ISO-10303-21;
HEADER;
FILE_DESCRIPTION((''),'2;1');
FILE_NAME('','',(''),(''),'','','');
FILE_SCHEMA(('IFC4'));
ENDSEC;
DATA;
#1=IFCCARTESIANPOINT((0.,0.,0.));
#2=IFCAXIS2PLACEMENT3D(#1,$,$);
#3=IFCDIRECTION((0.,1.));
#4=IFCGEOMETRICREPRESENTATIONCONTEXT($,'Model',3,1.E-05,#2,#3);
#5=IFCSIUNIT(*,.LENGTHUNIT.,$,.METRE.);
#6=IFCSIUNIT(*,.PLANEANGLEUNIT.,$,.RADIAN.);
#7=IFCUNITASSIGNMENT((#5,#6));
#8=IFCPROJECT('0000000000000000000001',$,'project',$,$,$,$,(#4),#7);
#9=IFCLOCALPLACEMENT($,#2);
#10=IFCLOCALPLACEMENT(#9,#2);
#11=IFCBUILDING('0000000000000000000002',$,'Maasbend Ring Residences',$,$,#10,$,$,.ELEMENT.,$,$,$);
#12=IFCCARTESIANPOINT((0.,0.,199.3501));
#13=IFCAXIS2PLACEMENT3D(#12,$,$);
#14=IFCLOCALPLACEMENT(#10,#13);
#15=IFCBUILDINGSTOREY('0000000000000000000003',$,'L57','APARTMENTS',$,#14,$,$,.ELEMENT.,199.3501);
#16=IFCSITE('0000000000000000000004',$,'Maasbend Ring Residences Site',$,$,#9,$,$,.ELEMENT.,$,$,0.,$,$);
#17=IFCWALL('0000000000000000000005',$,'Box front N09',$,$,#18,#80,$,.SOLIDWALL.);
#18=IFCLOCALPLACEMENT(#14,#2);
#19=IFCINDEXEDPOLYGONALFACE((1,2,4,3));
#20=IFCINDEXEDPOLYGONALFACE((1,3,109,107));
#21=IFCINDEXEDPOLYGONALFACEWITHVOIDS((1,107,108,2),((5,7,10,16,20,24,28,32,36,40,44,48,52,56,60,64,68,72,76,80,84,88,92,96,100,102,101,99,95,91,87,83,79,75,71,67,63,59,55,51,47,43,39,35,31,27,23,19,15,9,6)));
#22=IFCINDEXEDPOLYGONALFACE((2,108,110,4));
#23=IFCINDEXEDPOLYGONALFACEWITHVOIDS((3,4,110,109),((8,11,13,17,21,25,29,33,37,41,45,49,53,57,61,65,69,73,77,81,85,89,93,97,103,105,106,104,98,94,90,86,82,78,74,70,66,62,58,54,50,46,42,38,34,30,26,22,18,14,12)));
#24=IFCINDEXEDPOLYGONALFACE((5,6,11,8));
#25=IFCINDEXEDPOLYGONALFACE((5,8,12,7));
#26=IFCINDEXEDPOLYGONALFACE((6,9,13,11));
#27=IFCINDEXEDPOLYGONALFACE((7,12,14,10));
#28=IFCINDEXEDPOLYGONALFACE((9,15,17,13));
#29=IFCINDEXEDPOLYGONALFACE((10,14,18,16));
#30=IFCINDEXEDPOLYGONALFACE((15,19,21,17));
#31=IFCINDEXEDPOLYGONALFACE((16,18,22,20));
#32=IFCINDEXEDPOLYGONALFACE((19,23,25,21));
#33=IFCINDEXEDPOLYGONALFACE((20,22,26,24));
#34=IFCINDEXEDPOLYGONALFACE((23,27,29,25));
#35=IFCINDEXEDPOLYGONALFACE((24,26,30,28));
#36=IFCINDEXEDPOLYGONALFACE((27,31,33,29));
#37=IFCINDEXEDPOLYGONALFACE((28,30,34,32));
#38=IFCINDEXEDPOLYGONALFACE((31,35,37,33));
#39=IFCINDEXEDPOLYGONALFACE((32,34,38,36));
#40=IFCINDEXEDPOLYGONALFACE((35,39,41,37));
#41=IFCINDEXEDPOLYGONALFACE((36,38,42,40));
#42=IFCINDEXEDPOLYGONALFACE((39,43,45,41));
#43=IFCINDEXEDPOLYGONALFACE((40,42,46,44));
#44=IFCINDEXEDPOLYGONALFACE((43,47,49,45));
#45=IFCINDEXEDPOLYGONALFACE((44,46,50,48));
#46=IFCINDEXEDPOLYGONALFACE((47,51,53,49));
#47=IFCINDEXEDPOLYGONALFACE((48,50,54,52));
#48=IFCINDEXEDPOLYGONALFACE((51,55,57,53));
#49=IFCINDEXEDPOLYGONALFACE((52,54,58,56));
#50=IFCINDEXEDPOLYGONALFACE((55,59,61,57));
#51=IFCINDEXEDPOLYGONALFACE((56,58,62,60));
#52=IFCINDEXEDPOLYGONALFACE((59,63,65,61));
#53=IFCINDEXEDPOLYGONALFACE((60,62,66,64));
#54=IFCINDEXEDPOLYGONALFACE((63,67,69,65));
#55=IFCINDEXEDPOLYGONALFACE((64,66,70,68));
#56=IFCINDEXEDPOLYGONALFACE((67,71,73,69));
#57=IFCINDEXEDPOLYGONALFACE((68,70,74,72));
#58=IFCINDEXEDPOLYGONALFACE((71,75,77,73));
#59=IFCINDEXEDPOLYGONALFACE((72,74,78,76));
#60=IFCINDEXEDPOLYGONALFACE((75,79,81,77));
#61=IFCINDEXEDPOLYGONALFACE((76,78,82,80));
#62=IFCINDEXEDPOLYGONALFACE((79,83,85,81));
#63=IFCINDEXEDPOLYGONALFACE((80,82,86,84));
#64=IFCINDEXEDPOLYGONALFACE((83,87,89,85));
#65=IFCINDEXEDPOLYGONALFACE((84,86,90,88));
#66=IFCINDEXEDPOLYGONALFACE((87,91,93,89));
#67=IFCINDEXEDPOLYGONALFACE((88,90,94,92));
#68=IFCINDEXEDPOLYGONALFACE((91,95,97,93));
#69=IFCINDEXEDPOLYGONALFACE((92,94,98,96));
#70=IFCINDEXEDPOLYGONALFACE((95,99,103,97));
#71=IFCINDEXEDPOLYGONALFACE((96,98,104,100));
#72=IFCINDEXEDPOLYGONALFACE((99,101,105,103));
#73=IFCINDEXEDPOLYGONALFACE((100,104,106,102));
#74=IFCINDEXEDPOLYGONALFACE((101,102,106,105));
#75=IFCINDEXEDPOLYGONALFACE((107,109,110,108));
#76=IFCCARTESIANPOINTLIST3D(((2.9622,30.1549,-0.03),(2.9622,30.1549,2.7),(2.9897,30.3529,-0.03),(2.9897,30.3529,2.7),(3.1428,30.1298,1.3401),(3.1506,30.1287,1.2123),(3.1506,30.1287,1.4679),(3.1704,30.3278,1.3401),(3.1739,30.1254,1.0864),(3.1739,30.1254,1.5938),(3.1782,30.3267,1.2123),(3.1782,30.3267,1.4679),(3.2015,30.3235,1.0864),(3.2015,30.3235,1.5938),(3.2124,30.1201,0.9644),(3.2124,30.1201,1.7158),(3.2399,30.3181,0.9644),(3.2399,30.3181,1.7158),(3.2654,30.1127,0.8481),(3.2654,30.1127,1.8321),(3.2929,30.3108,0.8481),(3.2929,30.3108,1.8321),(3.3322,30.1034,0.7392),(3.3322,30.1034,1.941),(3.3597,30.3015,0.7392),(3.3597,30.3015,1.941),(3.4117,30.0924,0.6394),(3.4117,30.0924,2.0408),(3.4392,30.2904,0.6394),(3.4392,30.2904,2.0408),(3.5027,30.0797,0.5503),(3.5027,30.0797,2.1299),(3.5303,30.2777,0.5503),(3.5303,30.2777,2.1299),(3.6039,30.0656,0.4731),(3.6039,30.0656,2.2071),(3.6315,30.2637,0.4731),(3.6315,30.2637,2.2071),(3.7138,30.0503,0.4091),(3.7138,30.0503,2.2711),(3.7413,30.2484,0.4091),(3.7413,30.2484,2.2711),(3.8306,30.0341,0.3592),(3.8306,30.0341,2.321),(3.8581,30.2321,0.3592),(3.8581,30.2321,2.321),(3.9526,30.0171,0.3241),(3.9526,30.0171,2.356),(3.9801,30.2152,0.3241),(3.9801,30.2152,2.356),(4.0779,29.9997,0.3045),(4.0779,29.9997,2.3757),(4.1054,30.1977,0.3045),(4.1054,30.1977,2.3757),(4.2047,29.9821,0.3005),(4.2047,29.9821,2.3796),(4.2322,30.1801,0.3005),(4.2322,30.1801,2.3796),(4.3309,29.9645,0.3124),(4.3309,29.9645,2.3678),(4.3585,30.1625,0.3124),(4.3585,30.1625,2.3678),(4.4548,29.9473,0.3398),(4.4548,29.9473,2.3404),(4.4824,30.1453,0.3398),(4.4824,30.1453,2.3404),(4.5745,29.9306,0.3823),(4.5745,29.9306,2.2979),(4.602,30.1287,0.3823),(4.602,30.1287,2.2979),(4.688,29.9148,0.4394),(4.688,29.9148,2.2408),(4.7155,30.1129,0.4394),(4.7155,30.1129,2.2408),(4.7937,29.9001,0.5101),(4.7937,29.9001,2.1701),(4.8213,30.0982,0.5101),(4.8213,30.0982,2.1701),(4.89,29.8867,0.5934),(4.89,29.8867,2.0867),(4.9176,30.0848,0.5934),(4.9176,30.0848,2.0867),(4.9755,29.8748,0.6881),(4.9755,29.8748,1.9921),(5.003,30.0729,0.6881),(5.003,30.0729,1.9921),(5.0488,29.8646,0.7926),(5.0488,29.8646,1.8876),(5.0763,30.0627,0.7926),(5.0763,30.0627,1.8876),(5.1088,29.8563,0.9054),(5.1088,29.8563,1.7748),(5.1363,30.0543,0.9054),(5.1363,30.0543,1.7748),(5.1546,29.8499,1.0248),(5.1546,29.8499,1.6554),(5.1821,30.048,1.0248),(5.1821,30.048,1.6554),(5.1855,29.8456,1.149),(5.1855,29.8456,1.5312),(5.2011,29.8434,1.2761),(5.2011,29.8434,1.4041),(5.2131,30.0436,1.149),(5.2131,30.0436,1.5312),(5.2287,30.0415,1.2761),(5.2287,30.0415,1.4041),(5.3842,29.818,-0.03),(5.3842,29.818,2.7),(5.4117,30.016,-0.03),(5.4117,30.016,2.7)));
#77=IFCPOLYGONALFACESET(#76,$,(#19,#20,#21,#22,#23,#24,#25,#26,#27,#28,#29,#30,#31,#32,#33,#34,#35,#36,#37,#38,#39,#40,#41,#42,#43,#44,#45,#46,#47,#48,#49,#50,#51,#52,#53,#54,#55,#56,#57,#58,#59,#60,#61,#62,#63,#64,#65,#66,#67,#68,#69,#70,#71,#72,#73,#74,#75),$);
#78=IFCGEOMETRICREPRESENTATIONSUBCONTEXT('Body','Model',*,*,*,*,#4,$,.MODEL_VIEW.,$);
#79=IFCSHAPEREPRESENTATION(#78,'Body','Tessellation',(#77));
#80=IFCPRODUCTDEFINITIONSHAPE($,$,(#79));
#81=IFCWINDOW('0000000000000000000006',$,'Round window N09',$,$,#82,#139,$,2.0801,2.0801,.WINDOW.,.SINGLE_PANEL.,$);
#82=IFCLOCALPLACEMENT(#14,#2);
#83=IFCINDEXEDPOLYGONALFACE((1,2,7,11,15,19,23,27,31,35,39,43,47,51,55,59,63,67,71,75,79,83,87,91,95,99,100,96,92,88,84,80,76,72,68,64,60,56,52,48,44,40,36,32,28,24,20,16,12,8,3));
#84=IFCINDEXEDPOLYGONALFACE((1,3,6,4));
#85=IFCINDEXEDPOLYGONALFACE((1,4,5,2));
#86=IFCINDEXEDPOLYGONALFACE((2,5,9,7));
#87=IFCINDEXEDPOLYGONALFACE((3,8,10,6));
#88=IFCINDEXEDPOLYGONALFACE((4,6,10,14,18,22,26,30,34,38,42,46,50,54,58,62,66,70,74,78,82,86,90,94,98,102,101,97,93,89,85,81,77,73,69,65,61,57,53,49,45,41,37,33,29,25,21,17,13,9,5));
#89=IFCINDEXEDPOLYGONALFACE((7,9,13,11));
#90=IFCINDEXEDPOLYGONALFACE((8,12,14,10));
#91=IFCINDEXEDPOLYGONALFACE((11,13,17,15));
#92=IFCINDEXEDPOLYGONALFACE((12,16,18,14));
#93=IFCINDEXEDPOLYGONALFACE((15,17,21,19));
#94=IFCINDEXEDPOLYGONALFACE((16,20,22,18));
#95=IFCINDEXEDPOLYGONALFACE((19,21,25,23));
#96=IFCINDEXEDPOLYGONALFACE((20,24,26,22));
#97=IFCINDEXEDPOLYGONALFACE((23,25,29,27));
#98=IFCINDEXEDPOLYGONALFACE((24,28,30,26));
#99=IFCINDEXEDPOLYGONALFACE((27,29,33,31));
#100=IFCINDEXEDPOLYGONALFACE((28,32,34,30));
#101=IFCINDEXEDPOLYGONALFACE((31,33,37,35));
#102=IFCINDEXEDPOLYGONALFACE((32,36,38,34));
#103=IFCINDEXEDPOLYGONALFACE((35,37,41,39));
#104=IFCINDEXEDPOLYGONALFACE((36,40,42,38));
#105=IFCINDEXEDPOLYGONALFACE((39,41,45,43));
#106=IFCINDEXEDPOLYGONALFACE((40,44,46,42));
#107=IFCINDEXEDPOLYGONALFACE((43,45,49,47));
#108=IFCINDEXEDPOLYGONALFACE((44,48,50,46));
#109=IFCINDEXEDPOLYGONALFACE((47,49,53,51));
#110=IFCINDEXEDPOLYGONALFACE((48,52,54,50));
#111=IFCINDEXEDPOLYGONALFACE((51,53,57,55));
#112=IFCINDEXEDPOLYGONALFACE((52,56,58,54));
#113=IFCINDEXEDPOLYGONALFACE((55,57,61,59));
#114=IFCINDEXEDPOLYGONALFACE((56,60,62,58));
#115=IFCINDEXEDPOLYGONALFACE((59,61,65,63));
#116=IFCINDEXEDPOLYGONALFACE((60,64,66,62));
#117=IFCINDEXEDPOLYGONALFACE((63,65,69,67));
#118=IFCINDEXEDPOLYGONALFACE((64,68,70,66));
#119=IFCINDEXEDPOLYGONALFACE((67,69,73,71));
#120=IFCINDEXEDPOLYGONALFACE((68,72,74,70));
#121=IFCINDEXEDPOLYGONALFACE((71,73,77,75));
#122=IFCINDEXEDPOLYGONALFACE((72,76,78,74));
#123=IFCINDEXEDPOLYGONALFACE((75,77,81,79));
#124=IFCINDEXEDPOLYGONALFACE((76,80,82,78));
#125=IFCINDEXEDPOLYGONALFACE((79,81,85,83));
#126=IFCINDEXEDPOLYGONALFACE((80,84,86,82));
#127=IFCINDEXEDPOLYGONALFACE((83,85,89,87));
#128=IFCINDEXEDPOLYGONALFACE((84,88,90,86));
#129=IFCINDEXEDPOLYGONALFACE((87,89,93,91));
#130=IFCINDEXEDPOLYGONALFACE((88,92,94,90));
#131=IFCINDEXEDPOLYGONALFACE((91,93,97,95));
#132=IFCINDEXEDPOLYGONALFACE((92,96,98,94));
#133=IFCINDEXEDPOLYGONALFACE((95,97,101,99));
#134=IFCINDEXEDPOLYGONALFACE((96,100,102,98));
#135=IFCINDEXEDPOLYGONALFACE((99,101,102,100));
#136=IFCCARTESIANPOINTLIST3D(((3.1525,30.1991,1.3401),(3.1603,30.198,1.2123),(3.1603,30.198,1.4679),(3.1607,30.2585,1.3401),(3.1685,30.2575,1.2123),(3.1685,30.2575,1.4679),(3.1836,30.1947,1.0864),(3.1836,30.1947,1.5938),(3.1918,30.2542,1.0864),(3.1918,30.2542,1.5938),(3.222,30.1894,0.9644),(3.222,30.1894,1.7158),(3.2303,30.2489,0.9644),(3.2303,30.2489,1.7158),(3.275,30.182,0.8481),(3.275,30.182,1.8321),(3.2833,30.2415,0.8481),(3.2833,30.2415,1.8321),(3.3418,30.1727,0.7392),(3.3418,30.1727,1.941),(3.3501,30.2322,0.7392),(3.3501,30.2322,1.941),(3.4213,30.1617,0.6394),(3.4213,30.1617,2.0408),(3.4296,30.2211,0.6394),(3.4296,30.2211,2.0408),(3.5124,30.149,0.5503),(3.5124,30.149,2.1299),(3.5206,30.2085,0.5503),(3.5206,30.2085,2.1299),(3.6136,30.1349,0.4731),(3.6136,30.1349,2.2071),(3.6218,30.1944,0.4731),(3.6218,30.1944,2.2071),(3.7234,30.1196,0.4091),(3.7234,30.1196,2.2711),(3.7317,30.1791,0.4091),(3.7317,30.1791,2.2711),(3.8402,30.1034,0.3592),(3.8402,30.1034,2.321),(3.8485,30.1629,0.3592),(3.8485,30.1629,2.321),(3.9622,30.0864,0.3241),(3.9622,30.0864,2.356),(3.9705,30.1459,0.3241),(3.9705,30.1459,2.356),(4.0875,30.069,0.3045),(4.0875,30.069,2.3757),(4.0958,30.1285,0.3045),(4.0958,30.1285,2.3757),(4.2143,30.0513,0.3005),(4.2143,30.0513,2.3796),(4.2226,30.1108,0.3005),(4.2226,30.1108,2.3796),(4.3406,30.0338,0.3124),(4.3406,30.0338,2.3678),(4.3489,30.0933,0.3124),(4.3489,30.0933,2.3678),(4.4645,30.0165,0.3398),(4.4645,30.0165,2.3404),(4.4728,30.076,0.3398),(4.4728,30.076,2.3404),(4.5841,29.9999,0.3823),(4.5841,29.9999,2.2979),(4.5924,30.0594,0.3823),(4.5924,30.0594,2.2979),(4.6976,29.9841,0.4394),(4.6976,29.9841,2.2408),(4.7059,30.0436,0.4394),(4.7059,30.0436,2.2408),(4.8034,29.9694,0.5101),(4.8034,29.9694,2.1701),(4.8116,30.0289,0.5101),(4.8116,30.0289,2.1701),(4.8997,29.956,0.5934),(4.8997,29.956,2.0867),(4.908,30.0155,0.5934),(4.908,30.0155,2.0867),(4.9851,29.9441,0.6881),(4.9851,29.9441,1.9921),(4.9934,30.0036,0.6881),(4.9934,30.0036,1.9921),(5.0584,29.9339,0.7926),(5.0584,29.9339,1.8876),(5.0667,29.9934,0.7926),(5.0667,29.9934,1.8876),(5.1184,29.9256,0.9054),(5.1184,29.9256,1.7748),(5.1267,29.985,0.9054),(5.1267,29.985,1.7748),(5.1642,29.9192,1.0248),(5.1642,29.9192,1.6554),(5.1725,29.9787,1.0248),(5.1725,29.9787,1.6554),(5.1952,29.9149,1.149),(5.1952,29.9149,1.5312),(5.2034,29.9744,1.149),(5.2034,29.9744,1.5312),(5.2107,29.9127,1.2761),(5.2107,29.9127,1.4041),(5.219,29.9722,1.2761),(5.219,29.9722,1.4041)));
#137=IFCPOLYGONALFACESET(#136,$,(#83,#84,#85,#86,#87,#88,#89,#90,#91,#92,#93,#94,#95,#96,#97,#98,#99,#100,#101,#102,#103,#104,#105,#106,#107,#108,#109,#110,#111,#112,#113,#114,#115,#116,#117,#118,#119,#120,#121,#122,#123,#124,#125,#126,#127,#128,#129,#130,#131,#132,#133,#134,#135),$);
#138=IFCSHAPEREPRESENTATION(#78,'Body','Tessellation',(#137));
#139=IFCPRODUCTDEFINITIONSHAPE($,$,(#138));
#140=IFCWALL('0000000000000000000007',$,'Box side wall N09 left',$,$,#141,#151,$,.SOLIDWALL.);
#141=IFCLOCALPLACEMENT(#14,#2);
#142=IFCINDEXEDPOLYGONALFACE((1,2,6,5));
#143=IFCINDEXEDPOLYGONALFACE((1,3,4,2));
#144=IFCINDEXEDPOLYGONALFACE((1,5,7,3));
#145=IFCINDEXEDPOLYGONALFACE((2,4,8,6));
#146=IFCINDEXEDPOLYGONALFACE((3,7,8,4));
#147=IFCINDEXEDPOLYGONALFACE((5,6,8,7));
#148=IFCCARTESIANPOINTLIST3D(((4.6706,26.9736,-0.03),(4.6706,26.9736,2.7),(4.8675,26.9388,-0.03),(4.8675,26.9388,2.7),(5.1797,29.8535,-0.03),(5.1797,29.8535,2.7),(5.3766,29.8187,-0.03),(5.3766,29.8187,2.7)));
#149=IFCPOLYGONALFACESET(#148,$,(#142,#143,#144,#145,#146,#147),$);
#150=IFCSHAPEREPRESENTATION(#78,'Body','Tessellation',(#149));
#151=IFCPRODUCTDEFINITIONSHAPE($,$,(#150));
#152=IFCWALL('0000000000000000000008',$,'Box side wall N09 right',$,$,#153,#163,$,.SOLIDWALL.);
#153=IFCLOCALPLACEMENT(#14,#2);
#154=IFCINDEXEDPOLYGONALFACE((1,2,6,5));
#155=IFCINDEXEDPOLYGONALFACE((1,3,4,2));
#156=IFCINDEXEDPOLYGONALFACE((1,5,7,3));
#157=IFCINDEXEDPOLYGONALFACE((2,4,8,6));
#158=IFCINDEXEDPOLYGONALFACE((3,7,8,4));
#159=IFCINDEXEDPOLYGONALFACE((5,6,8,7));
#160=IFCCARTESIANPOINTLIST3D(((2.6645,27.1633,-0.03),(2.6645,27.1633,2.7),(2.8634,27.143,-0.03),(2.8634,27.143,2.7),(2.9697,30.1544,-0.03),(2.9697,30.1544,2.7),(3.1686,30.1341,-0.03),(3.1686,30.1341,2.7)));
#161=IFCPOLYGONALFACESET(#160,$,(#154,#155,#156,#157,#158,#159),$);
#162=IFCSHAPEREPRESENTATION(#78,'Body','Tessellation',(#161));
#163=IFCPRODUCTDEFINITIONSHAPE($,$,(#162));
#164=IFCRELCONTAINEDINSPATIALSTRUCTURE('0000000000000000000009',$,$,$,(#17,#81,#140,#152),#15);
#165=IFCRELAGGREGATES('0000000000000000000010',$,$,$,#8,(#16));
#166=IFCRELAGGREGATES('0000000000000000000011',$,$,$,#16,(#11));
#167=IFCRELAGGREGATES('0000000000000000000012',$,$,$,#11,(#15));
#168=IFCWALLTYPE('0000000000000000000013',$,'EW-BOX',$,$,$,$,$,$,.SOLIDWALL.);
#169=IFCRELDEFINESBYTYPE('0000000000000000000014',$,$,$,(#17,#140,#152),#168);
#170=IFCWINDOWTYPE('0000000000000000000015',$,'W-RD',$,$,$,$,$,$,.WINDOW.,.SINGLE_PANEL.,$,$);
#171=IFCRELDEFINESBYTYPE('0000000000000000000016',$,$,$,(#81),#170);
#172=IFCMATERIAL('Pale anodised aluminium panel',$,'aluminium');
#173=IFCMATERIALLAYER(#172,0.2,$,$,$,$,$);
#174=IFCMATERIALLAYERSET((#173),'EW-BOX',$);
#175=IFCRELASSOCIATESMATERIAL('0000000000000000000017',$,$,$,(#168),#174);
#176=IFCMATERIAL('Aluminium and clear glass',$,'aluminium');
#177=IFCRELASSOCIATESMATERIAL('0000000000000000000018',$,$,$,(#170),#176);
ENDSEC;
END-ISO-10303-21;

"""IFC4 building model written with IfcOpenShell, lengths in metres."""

from ifc_helpers import new_model, si_unit, direction, frame, frame_2d, origin, place, context, subcontext, project, spatial, rectangle, circle, extrude, material, layer, layer_set, type_object, element, fill, save


model = new_model("IFC4")

# Units and contexts
model_context = context("Model", 3, precision=1e-05, world=origin(), true_north=direction((0.0, 1.0)))
body_context = subcontext(model_context, "Body", "Model", "MODEL_VIEW")
ifc_project = project(units=[si_unit("LENGTHUNIT", "METRE"), si_unit("PLANEANGLEUNIT", "RADIAN")], contexts=[model_context])

# Site, building, storey
site_placement = place(None, origin())
site = spatial("IfcSite", under=ifc_project, at=site_placement, Name="Maasbend Ring Residences Site", CompositionType="ELEMENT", RefElevation=0.0)
building_placement = place(site_placement, origin())
building = spatial("IfcBuilding", under=site, at=building_placement, Name="Maasbend Ring Residences", CompositionType="ELEMENT")
storey_placement = place(building_placement, frame((0.0, 0.0, 199.3501)))
storey = spatial("IfcBuildingStorey", under=building, at=storey_placement, Name="L57", Description="APARTMENTS", CompositionType="ELEMENT", Elevation=199.3501)

# Shared definitions
ifc_material_1 = material(Name="Pale anodised aluminium panel", Category="aluminium")
ifc_layer_1 = layer(ifc_material_1, 0.2)
ifc_layer_set_1 = layer_set([ifc_layer_1], Name="EW-BOX")
wall_type_1 = type_object("IfcWallType", Name="EW-BOX", PredefinedType="SOLIDWALL", material=ifc_layer_set_1)

# Wall, opening, window
wall_1_placement = place(storey_placement, frame((5.3979, 29.917, -0.03), z_axis=(0.0, 0.0, 1.0), x_axis=(-0.990462, 0.137786, 0.0)))
wall_1 = element("IfcWall", 1, at=wall_1_placement, inside=storey, type_object=wall_type_1, Name="Box front N09", PredefinedType="SOLIDWALL", context=body_context, shape_type="SweptSolid", body=[
    extrude(rectangle(XDim=2.4453, YDim=0.2, at=frame_2d((1.2227, 0.0))), origin(), (0.0, 0.0, 1.0), 2.73),
])
opening_1_placement = place(wall_1_placement, frame((0.1829, 0.0, 0.3301)))
opening_1 = element("IfcOpeningElement", 2, at=opening_1_placement, cuts=wall_1, PredefinedType="OPENING", context=body_context, shape_type="SweptSolid", body=[
    extrude(circle(Radius=1.04, at=frame_2d((1.04, 1.04))), frame((0.0, 0.1099, 0.0), z_axis=(0.0, -1.0, 0.0), x_axis=(1.0, 0.0, 0.0)), (0.0, 0.0, 1.0), 0.22),
])
ifc_material_2 = material(Name="Aluminium and clear glass", Category="aluminium")
window_type_1 = type_object("IfcWindowType", Name="W-RD", PartitioningType="SINGLE_PANEL", PredefinedType="WINDOW", material=ifc_material_2)
window_1_placement = place(opening_1_placement, origin())
window_1 = element("IfcWindow", 3, at=window_1_placement, inside=storey, type_object=window_type_1, Name="Round window N09", OverallHeight=2.0801, OverallWidth=2.0801, PartitioningType="SINGLE_PANEL", PredefinedType="WINDOW", context=body_context, shape_type="SweptSolid", body=[
    extrude(circle(Radius=1.04, at=frame_2d((1.04, 1.04))), frame((0.0, 0.03, 0.0), z_axis=(0.0, -1.0, 0.0), x_axis=(1.0, 0.0, 0.0)), (0.0, 0.0, 1.0), 0.0601),
])
fill(opening_1, window_1)

# Walls
wall_2_placement = place(storey_placement, frame((4.769, 26.9561, -0.03), z_axis=(0.0, 0.0, 1.0), x_axis=(0.174057, 0.984736, 0.0)))
element("IfcWall", 4, at=wall_2_placement, inside=storey, type_object=wall_type_1, Name="Box side wall N09 left", PredefinedType="SOLIDWALL", context=body_context, shape_type="SweptSolid", body=[
    extrude(rectangle(XDim=2.9246, YDim=0.2, at=frame_2d((1.4624, 0.0))), origin(), (0.0, 0.0, 1.0), 2.73),
])
wall_3_placement = place(storey_placement, frame((2.7639, 27.1531, -0.03), z_axis=(0.0, 0.0, 1.0), x_axis=(0.101505, 0.994835, 0.0)))
element("IfcWall", 5, at=wall_3_placement, inside=storey, type_object=wall_type_1, Name="Box side wall N09 right", PredefinedType="SOLIDWALL", context=body_context, shape_type="SweptSolid", body=[
    extrude(rectangle(XDim=3.0066, YDim=0.2, at=frame_2d((1.5034, 0.0))), origin(), (0.0, 0.0, 1.0), 2.73),
])

save(model, "model.ifc")
